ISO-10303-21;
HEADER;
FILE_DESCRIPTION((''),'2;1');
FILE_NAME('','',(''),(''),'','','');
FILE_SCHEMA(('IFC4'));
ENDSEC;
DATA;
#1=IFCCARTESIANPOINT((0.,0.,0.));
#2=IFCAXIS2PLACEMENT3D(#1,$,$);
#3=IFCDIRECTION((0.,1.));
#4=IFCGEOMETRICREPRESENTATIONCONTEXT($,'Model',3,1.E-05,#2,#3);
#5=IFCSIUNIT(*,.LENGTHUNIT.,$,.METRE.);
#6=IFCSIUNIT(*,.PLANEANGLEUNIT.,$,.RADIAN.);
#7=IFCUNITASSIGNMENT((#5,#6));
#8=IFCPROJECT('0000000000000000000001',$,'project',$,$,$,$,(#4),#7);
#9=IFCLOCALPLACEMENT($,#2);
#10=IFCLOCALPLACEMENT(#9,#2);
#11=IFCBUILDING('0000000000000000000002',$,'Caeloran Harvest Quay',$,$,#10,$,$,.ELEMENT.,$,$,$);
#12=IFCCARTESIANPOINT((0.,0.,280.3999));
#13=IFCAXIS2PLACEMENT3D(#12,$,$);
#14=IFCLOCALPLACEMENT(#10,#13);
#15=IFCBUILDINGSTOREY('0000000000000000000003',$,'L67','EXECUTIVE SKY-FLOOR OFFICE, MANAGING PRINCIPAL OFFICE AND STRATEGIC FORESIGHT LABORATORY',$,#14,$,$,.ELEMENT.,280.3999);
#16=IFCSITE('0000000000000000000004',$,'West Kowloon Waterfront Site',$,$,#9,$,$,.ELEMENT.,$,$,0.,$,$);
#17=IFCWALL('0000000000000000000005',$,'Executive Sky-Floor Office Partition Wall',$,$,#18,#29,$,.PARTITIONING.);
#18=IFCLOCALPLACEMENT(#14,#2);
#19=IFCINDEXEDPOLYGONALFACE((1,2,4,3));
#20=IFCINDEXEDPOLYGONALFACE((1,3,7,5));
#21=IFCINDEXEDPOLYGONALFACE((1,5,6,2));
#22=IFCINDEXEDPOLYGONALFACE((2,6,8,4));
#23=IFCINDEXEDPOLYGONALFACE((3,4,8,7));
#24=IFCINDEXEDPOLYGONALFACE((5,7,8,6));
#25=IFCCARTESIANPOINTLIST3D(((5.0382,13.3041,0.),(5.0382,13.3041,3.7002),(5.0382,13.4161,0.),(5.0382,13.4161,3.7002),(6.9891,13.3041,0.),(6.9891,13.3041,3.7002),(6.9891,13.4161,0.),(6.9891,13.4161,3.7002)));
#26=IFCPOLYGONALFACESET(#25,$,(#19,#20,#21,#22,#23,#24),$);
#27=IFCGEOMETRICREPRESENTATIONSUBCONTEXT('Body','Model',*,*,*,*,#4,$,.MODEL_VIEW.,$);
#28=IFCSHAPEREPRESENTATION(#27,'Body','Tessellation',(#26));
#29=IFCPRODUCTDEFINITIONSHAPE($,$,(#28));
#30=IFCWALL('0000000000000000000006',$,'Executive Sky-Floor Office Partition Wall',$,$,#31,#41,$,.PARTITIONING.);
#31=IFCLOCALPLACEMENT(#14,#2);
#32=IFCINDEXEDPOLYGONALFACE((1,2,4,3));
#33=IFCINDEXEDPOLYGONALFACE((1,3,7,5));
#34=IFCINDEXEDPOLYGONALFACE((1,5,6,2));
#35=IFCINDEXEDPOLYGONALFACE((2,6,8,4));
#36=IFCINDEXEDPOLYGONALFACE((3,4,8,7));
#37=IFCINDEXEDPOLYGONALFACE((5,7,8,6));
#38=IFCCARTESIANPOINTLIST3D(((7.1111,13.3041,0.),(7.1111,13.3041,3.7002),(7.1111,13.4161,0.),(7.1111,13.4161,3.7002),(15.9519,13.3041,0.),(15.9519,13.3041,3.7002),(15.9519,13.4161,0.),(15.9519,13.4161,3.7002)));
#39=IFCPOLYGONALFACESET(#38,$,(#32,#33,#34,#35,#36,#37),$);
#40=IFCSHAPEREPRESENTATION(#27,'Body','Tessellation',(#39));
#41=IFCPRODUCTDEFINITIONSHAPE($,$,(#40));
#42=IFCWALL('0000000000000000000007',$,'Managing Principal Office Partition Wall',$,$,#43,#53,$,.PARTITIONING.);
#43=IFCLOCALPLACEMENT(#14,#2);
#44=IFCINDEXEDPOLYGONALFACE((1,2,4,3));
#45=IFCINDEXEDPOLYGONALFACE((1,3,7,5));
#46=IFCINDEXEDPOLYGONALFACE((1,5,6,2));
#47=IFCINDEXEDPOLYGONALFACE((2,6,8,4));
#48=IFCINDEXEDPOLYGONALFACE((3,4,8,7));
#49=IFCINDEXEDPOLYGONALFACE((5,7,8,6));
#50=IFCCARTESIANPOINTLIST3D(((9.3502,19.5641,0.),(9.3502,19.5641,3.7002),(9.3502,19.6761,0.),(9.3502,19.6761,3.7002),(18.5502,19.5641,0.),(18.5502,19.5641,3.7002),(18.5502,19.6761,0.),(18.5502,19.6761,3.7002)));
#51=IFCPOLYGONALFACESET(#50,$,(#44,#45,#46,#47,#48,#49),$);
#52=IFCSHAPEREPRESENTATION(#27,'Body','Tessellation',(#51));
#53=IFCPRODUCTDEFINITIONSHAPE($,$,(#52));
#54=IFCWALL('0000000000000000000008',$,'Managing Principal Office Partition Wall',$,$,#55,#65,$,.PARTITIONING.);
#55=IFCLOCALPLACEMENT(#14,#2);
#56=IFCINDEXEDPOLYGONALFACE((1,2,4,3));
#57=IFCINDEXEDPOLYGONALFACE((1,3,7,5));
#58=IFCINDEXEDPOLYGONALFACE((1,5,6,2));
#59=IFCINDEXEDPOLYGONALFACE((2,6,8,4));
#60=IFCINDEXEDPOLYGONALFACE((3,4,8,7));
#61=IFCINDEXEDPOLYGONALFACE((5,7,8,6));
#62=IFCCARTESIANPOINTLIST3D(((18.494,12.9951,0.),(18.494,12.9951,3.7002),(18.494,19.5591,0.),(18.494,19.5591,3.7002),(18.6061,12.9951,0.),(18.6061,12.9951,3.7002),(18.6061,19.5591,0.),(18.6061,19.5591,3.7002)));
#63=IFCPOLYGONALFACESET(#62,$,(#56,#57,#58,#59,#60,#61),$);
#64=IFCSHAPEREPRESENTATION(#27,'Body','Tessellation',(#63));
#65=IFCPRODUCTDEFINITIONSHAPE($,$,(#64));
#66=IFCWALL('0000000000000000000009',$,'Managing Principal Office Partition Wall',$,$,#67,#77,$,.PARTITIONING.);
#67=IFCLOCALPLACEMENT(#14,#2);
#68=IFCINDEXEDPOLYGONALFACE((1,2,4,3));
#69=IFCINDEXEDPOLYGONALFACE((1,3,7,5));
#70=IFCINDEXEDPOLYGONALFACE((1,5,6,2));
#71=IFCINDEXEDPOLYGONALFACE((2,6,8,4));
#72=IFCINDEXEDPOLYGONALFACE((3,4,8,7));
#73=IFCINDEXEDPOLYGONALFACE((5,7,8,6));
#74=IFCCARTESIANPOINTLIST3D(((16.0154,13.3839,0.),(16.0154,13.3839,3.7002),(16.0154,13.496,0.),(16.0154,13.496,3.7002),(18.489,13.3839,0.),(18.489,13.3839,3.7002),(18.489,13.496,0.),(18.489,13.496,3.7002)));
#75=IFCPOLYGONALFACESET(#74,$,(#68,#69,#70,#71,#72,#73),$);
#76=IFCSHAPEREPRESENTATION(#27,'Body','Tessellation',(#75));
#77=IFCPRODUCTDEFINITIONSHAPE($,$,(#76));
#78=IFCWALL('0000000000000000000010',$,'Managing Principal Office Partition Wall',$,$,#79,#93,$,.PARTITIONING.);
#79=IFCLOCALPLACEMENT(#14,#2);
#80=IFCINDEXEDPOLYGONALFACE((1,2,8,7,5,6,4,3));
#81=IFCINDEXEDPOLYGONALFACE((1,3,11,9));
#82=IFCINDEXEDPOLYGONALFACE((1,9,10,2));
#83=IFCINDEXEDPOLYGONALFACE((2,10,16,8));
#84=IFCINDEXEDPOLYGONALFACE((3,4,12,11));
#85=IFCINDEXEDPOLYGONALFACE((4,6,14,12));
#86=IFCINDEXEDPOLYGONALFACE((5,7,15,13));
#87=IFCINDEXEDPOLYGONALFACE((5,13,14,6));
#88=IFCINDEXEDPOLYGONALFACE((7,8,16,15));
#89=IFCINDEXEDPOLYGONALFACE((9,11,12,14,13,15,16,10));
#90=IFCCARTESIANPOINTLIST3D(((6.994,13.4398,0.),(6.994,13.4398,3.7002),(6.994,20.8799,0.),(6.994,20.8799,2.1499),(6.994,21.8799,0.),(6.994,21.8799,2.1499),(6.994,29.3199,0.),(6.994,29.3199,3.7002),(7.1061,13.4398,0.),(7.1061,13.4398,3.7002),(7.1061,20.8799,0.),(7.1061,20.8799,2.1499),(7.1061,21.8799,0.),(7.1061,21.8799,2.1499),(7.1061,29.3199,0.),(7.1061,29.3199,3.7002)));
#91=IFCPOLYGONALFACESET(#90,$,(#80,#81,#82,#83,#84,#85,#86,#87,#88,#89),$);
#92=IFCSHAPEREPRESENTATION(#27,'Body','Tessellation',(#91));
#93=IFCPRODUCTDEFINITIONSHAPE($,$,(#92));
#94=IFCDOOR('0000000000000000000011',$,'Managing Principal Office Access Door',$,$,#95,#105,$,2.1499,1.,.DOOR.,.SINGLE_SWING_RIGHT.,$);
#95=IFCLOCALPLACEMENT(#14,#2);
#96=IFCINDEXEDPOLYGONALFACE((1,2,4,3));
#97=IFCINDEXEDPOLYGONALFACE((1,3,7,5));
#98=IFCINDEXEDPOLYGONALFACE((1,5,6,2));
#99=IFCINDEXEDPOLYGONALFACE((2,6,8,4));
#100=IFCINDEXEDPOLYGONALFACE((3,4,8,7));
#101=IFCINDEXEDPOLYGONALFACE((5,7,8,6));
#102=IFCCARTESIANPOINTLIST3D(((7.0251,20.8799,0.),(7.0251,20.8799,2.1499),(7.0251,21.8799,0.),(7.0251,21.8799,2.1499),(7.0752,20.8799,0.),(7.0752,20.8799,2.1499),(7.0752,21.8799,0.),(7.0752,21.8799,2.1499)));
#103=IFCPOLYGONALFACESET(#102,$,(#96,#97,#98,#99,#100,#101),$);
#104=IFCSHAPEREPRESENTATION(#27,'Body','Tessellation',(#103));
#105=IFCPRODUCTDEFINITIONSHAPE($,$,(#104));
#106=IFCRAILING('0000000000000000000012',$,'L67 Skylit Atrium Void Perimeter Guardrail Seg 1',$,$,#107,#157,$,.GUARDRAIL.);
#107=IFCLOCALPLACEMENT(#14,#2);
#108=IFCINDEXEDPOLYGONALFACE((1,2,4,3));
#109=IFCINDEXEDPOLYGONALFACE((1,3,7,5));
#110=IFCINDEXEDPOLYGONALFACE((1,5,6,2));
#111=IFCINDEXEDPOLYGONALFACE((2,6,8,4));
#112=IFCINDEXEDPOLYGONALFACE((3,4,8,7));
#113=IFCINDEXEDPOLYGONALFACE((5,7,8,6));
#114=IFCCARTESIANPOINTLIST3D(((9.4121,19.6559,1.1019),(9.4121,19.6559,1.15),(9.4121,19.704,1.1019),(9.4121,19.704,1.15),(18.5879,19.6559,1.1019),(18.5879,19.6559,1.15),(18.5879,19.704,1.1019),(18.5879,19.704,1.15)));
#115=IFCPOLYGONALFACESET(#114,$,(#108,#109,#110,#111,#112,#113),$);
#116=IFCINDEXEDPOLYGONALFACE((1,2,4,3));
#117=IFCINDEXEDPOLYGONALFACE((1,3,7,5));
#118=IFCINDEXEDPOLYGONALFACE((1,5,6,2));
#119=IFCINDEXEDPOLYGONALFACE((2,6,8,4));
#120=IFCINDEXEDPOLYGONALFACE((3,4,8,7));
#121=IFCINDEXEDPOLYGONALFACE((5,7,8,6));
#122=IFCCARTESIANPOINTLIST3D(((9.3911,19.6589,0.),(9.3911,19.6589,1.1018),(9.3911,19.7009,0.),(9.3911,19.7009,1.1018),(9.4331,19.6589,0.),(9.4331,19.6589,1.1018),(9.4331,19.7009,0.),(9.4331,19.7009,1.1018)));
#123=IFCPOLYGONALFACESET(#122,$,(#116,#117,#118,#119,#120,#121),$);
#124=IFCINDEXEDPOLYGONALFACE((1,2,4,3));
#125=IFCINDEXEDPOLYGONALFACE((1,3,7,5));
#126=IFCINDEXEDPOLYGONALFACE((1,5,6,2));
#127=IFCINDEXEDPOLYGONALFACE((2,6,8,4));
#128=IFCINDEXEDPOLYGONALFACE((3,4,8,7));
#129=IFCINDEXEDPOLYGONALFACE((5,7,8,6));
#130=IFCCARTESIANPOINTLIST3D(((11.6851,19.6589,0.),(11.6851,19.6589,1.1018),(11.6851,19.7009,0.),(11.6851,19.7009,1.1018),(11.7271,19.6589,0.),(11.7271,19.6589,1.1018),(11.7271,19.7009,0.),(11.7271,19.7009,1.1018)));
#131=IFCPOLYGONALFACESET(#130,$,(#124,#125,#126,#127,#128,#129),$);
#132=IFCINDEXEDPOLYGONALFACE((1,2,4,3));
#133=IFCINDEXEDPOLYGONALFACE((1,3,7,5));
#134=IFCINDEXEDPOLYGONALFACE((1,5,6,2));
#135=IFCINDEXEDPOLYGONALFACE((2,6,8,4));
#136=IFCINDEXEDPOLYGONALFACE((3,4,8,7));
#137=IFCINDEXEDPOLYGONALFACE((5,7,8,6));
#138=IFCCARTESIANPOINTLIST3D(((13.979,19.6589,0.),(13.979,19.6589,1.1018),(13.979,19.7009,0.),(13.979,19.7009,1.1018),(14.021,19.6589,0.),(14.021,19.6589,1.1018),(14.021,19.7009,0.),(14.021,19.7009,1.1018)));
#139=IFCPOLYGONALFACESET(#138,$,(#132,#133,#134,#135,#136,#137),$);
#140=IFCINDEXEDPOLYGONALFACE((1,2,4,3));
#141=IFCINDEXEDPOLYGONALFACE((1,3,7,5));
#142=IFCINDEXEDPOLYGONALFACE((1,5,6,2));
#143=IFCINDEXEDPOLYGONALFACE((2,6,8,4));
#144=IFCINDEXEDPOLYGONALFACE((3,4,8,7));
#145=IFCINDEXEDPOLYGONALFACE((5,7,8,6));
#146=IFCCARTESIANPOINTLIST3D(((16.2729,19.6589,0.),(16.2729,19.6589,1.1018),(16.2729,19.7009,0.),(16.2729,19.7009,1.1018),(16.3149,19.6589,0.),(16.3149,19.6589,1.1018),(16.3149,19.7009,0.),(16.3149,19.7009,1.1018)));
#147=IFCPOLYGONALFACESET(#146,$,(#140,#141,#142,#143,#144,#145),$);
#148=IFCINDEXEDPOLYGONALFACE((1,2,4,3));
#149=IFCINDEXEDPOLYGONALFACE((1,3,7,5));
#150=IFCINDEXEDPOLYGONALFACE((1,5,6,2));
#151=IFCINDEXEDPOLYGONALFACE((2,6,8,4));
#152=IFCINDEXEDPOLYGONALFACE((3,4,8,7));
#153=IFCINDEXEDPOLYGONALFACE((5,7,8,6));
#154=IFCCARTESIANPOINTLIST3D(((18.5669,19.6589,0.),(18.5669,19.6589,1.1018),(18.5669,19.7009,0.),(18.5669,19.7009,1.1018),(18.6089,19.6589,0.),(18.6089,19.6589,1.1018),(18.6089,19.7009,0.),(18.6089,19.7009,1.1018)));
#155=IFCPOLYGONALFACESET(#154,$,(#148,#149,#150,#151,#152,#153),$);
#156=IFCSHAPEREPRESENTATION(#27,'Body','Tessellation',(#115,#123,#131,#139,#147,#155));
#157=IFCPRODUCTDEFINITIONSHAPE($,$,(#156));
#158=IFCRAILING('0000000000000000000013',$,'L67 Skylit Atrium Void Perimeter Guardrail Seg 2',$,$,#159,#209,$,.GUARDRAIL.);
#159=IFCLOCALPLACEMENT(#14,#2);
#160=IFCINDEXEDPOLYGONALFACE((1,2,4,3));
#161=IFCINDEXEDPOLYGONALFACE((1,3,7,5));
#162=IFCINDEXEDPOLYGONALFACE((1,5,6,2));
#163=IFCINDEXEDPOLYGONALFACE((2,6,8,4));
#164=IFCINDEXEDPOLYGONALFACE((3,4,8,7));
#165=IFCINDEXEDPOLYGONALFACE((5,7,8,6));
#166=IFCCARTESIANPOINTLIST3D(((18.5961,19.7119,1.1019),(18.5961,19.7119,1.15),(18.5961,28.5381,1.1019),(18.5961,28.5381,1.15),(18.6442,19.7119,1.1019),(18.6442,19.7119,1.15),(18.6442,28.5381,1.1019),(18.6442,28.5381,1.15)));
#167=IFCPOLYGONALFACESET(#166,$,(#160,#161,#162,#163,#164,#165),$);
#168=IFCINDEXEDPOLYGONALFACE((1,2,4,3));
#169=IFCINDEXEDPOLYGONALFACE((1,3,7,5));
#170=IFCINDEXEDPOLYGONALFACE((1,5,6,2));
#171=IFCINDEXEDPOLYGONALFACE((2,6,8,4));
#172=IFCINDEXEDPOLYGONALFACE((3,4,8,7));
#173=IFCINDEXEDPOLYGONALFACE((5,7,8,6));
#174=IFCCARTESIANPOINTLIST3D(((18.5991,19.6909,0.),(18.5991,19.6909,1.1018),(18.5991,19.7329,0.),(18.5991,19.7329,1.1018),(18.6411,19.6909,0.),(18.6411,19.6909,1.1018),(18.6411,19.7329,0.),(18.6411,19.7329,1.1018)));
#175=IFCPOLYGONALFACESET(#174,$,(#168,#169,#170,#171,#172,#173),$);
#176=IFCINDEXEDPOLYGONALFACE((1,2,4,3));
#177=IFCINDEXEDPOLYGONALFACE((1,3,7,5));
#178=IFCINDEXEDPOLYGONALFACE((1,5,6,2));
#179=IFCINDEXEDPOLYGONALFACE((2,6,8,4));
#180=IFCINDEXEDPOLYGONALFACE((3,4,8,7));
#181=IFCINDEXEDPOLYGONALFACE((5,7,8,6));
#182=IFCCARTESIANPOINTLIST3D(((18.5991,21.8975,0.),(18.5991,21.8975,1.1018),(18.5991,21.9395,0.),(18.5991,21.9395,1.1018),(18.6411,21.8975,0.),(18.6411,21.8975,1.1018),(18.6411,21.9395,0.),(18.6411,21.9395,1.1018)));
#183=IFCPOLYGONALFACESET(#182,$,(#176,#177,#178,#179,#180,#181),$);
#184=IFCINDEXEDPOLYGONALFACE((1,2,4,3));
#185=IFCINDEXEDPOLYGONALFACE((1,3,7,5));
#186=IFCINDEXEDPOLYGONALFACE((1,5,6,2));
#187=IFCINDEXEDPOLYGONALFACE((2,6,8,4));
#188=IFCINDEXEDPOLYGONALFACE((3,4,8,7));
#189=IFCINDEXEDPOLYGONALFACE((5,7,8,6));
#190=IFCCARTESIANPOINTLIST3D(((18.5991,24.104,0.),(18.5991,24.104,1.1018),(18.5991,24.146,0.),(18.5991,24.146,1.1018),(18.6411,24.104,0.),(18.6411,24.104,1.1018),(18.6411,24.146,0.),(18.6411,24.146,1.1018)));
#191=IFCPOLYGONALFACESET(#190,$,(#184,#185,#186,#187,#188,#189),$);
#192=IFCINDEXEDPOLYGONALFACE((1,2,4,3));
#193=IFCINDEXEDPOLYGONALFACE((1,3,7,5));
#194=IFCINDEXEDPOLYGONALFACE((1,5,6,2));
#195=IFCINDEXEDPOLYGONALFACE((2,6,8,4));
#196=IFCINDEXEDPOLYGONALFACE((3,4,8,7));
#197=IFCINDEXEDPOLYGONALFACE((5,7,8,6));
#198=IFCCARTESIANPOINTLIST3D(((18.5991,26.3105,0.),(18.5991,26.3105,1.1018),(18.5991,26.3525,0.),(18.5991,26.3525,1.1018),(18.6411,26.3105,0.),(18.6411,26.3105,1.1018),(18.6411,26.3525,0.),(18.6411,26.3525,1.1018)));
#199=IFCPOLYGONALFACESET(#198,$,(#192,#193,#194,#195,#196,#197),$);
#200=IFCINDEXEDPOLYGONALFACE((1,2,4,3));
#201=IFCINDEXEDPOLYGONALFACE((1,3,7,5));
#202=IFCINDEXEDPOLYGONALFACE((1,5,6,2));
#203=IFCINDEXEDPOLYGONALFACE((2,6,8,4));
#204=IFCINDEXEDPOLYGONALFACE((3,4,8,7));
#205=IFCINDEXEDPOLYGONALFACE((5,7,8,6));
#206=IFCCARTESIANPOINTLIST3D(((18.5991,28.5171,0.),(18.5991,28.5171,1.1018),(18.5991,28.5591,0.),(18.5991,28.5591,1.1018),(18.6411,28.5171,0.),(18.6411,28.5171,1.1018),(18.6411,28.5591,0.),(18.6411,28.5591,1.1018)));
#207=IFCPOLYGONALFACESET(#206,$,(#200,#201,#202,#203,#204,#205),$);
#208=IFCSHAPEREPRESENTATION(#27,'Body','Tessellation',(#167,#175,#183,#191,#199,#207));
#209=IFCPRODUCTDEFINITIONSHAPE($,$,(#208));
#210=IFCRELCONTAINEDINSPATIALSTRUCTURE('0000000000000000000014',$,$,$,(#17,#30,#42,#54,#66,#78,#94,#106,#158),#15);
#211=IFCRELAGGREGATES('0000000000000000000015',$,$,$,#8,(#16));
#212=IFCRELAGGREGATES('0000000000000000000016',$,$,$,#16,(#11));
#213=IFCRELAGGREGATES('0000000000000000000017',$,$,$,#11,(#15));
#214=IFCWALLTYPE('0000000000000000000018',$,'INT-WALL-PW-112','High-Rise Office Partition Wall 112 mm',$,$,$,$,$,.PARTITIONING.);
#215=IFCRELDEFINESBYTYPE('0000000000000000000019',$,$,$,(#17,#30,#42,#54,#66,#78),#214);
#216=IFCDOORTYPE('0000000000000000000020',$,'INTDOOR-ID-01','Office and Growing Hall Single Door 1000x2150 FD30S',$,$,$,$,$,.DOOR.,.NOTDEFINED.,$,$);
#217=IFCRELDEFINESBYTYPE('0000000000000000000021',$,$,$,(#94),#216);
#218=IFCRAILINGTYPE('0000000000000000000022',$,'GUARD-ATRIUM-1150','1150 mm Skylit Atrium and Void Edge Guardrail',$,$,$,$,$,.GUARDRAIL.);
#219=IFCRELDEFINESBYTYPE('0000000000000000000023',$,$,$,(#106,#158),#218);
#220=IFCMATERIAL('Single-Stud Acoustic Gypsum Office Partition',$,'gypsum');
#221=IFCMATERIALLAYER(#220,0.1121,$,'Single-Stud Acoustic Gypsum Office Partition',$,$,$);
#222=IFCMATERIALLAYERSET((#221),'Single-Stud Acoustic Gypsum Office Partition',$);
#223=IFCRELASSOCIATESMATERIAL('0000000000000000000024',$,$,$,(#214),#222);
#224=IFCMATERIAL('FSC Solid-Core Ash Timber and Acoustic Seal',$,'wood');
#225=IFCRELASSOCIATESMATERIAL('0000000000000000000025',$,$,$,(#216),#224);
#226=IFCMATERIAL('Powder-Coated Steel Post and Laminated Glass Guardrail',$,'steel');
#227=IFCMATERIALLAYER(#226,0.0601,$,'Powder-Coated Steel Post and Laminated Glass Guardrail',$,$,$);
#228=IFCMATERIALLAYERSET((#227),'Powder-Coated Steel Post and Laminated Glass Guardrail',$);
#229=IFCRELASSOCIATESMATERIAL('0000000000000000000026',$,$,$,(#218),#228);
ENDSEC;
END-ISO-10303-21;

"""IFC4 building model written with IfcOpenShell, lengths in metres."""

from ifc_helpers import new_model, si_unit, direction, frame, frame_2d, origin, origin_2d, place, context, subcontext, project, spatial, rectangle, extrude, material, layer, layer_set, type_object, element, fill, save


model = new_model("IFC4")

# Units and contexts
model_context = context("Model", 3, precision=1e-05, world=origin(), true_north=direction((0.0, 1.0)))
body_context = subcontext(model_context, "Body", "Model", "MODEL_VIEW")
ifc_project = project(units=[si_unit("LENGTHUNIT", "METRE"), si_unit("PLANEANGLEUNIT", "RADIAN")], contexts=[model_context])

# Site, building, storey
site_placement = place(None, origin())
site = spatial("IfcSite", under=ifc_project, at=site_placement, Name="West Kowloon Waterfront Site", CompositionType="ELEMENT", RefElevation=0.0)
building_placement = place(site_placement, origin())
building = spatial("IfcBuilding", under=site, at=building_placement, Name="Caeloran Harvest Quay", CompositionType="ELEMENT")
storey_placement = place(building_placement, frame((0.0, 0.0, 280.3999)))
storey = spatial("IfcBuildingStorey", under=building, at=storey_placement, Name="L67", Description="EXECUTIVE SKY-FLOOR OFFICE, MANAGING PRINCIPAL OFFICE AND STRATEGIC FORESIGHT LABORATORY", CompositionType="ELEMENT", Elevation=280.3999)

# Shared definitions
ifc_material_1 = material(Name="Single-Stud Acoustic Gypsum Office Partition", Category="gypsum")
ifc_layer_1 = layer(ifc_material_1, 0.1121, Name="Single-Stud Acoustic Gypsum Office Partition")
ifc_layer_set_1 = layer_set([ifc_layer_1], Name="Single-Stud Acoustic Gypsum Office Partition")
wall_type_1 = type_object("IfcWallType", Name="INT-WALL-PW-112", Description="High-Rise Office Partition Wall 112 mm", PredefinedType="PARTITIONING", material=ifc_layer_set_1)

# Shared definitions
ifc_material_2 = material(Name="FSC Solid-Core Ash Timber and Acoustic Seal", Category="wood")
door_type = type_object("IfcDoorType", Name="INTDOOR-ID-01", Description="Office and Growing Hall Single Door 1000x2150 FD30S", OperationType="NOTDEFINED", PredefinedType="DOOR", material=ifc_material_2)

# Walls
wall_1_placement = place(storey_placement, frame((5.0381, 13.3601, 0.0), z_axis=(0.0, 0.0, 1.0), x_axis=(1.0, 0.0, 0.0)))
element("IfcWall", 1, at=wall_1_placement, inside=storey, type_object=wall_type_1, Name="Executive Sky-Floor Office Partition Wall", PredefinedType="PARTITIONING", context=body_context, shape_type="SweptSolid", body=[
    extrude(rectangle(XDim=1.9509, YDim=0.1121, at=frame_2d((0.9756, 0.0))), origin(), (0.0, 0.0, 1.0), 3.7002),
])
wall_2_placement = place(storey_placement, frame((7.1111, 13.3601, 0.0), z_axis=(0.0, 0.0, 1.0), x_axis=(1.0, 0.0, 0.0)))
element("IfcWall", 2, at=wall_2_placement, inside=storey, type_object=wall_type_1, Name="Executive Sky-Floor Office Partition Wall", PredefinedType="PARTITIONING", context=body_context, shape_type="SweptSolid", body=[
    extrude(rectangle(XDim=8.8408, YDim=0.1121, at=frame_2d((4.4204, 0.0))), origin(), (0.0, 0.0, 1.0), 3.7002),
])
wall_3_placement = place(storey_placement, frame((9.3501, 19.6201, 0.0), z_axis=(0.0, 0.0, 1.0), x_axis=(1.0, 0.0, 0.0)))
element("IfcWall", 3, at=wall_3_placement, inside=storey, type_object=wall_type_1, Name="Managing Principal Office Partition Wall", PredefinedType="PARTITIONING", context=body_context, shape_type="SweptSolid", body=[
    extrude(rectangle(XDim=9.2, YDim=0.1121, at=frame_2d((4.6001, 0.0))), origin(), (0.0, 0.0, 1.0), 3.7002),
])
wall_4_placement = place(storey_placement, frame((18.55, 19.5591, 0.0), z_axis=(0.0, 0.0, 1.0), x_axis=(0.0, -1.0, 0.0)))
element("IfcWall", 4, at=wall_4_placement, inside=storey, type_object=wall_type_1, Name="Managing Principal Office Partition Wall", PredefinedType="PARTITIONING", context=body_context, shape_type="SweptSolid", body=[
    extrude(rectangle(XDim=6.564, YDim=0.1121, at=frame_2d((3.282, 0.0))), origin(), (0.0, 0.0, 1.0), 3.7002),
])
wall_5_placement = place(storey_placement, frame((18.489, 13.4399, 0.0), z_axis=(0.0, 0.0, 1.0), x_axis=(-1.0, 0.0, 0.0)))
element("IfcWall", 5, at=wall_5_placement, inside=storey, type_object=wall_type_1, Name="Managing Principal Office Partition Wall", PredefinedType="PARTITIONING", context=body_context, shape_type="SweptSolid", body=[
    extrude(rectangle(XDim=2.4736, YDim=0.1121, at=frame_2d((1.2368, 0.0))), origin(), (0.0, 0.0, 1.0), 3.7002),
])

# Wall, opening, door
wall_6_placement = place(storey_placement, frame((7.05, 13.4399, 0.0), z_axis=(0.0, 0.0, 1.0), x_axis=(0.0, 1.0, 0.0)))
wall_6 = element("IfcWall", 6, at=wall_6_placement, inside=storey, type_object=wall_type_1, Name="Managing Principal Office Partition Wall", PredefinedType="PARTITIONING", context=body_context, shape_type="SweptSolid", body=[
    extrude(rectangle(XDim=15.8801, YDim=0.1121, at=frame_2d((7.9399, 0.0))), origin(), (0.0, 0.0, 1.0), 3.7002),
])
opening_1_placement = place(wall_6_placement, frame((7.4399, 0.0, 0.0)))
opening_1 = element("IfcOpeningElement", 7, at=opening_1_placement, cuts=wall_6, PredefinedType="OPENING", context=body_context, shape_type="SweptSolid", body=[
    extrude(rectangle(XDim=1.0, YDim=2.1499, at=frame_2d((0.5, 1.075))), frame((0.0, 0.0659, 0.0), z_axis=(0.0, -1.0, 0.0), x_axis=(1.0, 0.0, 0.0)), (0.0, 0.0, 1.0), 0.1321),
])
door_1_placement = place(opening_1_placement, origin())
door_1 = element("IfcDoor", 8, at=door_1_placement, inside=storey, type_object=door_type, Name="Managing Principal Office Access Door", OperationType="SINGLE_SWING_RIGHT", OverallHeight=2.1499, OverallWidth=1.0, PredefinedType="DOOR", context=body_context, shape_type="SweptSolid", body=[
    extrude(rectangle(XDim=1.0, YDim=2.1499, at=frame_2d((0.5, 1.075))), frame((0.0, 0.0249, 0.0), z_axis=(0.0, -1.0, 0.0), x_axis=(1.0, 0.0, 0.0)), (0.0, 0.0, 1.0), 0.05),
])
fill(opening_1, door_1)

# Railings
ifc_material_3 = material(Name="Powder-Coated Steel Post and Laminated Glass Guardrail", Category="steel")
ifc_layer_2 = layer(ifc_material_3, 0.0601, Name="Powder-Coated Steel Post and Laminated Glass Guardrail")
ifc_layer_set_2 = layer_set([ifc_layer_2], Name="Powder-Coated Steel Post and Laminated Glass Guardrail")
railing_type = type_object("IfcRailingType", Name="GUARD-ATRIUM-1150", Description="1150 mm Skylit Atrium and Void Edge Guardrail", PredefinedType="GUARDRAIL", material=ifc_layer_set_2)
railing_1_placement = place(storey_placement, frame((9.4121, 19.6799, 0.0)))
element("IfcRailing", 9, at=railing_1_placement, inside=storey, type_object=railing_type, Name="L67 Skylit Atrium Void Perimeter Guardrail Seg 1", PredefinedType="GUARDRAIL", context=body_context, shape_type="SweptSolid", body=[
    extrude(rectangle(XDim=0.0481, YDim=0.0481, at=origin_2d()), frame((0.0, 0.0, 1.126), z_axis=(1.0, 0.0, 0.0), x_axis=(0.0, 1.0, 0.0)), (0.0, 0.0, 1.0), 9.1758),
    extrude(rectangle(XDim=0.042, YDim=0.042, at=origin_2d()), origin(), (0.0, 0.0, 1.0), 1.1018),
    extrude(rectangle(XDim=0.042, YDim=0.042, at=origin_2d()), frame((2.2939, 0.0, 0.0)), (0.0, 0.0, 1.0), 1.1018),
    extrude(rectangle(XDim=0.042, YDim=0.042, at=origin_2d()), frame((4.5879, 0.0, 0.0)), (0.0, 0.0, 1.0), 1.1018),
    extrude(rectangle(XDim=0.042, YDim=0.042, at=origin_2d()), frame((6.8818, 0.0, 0.0)), (0.0, 0.0, 1.0), 1.1018),
    extrude(rectangle(XDim=0.042, YDim=0.042, at=origin_2d()), frame((9.1758, 0.0, 0.0)), (0.0, 0.0, 1.0), 1.1018),
])
railing_2_placement = place(storey_placement, frame((18.6201, 19.7119, 0.0)))
element("IfcRailing", 10, at=railing_2_placement, inside=storey, type_object=railing_type, Name="L67 Skylit Atrium Void Perimeter Guardrail Seg 2", PredefinedType="GUARDRAIL", context=body_context, shape_type="SweptSolid", body=[
    extrude(rectangle(XDim=0.0481, YDim=0.0481, at=origin_2d()), frame((0.0, 0.0, 1.126), z_axis=(0.0, 1.0, 0.0), x_axis=(-1.0, 0.0, 0.0)), (0.0, 0.0, 1.0), 8.8262),
    extrude(rectangle(XDim=0.042, YDim=0.042, at=origin_2d()), origin(), (0.0, 0.0, 1.0), 1.1018),
    extrude(rectangle(XDim=0.042, YDim=0.042, at=origin_2d()), frame((0.0, 2.2065, 0.0)), (0.0, 0.0, 1.0), 1.1018),
    extrude(rectangle(XDim=0.042, YDim=0.042, at=origin_2d()), frame((0.0, 4.4131, 0.0)), (0.0, 0.0, 1.0), 1.1018),
    extrude(rectangle(XDim=0.042, YDim=0.042, at=origin_2d()), frame((0.0, 6.6196, 0.0)), (0.0, 0.0, 1.0), 1.1018),
    extrude(rectangle(XDim=0.042, YDim=0.042, at=origin_2d()), frame((0.0, 8.8262, 0.0)), (0.0, 0.0, 1.0), 1.1018),
])

save(model, "model.ifc")
